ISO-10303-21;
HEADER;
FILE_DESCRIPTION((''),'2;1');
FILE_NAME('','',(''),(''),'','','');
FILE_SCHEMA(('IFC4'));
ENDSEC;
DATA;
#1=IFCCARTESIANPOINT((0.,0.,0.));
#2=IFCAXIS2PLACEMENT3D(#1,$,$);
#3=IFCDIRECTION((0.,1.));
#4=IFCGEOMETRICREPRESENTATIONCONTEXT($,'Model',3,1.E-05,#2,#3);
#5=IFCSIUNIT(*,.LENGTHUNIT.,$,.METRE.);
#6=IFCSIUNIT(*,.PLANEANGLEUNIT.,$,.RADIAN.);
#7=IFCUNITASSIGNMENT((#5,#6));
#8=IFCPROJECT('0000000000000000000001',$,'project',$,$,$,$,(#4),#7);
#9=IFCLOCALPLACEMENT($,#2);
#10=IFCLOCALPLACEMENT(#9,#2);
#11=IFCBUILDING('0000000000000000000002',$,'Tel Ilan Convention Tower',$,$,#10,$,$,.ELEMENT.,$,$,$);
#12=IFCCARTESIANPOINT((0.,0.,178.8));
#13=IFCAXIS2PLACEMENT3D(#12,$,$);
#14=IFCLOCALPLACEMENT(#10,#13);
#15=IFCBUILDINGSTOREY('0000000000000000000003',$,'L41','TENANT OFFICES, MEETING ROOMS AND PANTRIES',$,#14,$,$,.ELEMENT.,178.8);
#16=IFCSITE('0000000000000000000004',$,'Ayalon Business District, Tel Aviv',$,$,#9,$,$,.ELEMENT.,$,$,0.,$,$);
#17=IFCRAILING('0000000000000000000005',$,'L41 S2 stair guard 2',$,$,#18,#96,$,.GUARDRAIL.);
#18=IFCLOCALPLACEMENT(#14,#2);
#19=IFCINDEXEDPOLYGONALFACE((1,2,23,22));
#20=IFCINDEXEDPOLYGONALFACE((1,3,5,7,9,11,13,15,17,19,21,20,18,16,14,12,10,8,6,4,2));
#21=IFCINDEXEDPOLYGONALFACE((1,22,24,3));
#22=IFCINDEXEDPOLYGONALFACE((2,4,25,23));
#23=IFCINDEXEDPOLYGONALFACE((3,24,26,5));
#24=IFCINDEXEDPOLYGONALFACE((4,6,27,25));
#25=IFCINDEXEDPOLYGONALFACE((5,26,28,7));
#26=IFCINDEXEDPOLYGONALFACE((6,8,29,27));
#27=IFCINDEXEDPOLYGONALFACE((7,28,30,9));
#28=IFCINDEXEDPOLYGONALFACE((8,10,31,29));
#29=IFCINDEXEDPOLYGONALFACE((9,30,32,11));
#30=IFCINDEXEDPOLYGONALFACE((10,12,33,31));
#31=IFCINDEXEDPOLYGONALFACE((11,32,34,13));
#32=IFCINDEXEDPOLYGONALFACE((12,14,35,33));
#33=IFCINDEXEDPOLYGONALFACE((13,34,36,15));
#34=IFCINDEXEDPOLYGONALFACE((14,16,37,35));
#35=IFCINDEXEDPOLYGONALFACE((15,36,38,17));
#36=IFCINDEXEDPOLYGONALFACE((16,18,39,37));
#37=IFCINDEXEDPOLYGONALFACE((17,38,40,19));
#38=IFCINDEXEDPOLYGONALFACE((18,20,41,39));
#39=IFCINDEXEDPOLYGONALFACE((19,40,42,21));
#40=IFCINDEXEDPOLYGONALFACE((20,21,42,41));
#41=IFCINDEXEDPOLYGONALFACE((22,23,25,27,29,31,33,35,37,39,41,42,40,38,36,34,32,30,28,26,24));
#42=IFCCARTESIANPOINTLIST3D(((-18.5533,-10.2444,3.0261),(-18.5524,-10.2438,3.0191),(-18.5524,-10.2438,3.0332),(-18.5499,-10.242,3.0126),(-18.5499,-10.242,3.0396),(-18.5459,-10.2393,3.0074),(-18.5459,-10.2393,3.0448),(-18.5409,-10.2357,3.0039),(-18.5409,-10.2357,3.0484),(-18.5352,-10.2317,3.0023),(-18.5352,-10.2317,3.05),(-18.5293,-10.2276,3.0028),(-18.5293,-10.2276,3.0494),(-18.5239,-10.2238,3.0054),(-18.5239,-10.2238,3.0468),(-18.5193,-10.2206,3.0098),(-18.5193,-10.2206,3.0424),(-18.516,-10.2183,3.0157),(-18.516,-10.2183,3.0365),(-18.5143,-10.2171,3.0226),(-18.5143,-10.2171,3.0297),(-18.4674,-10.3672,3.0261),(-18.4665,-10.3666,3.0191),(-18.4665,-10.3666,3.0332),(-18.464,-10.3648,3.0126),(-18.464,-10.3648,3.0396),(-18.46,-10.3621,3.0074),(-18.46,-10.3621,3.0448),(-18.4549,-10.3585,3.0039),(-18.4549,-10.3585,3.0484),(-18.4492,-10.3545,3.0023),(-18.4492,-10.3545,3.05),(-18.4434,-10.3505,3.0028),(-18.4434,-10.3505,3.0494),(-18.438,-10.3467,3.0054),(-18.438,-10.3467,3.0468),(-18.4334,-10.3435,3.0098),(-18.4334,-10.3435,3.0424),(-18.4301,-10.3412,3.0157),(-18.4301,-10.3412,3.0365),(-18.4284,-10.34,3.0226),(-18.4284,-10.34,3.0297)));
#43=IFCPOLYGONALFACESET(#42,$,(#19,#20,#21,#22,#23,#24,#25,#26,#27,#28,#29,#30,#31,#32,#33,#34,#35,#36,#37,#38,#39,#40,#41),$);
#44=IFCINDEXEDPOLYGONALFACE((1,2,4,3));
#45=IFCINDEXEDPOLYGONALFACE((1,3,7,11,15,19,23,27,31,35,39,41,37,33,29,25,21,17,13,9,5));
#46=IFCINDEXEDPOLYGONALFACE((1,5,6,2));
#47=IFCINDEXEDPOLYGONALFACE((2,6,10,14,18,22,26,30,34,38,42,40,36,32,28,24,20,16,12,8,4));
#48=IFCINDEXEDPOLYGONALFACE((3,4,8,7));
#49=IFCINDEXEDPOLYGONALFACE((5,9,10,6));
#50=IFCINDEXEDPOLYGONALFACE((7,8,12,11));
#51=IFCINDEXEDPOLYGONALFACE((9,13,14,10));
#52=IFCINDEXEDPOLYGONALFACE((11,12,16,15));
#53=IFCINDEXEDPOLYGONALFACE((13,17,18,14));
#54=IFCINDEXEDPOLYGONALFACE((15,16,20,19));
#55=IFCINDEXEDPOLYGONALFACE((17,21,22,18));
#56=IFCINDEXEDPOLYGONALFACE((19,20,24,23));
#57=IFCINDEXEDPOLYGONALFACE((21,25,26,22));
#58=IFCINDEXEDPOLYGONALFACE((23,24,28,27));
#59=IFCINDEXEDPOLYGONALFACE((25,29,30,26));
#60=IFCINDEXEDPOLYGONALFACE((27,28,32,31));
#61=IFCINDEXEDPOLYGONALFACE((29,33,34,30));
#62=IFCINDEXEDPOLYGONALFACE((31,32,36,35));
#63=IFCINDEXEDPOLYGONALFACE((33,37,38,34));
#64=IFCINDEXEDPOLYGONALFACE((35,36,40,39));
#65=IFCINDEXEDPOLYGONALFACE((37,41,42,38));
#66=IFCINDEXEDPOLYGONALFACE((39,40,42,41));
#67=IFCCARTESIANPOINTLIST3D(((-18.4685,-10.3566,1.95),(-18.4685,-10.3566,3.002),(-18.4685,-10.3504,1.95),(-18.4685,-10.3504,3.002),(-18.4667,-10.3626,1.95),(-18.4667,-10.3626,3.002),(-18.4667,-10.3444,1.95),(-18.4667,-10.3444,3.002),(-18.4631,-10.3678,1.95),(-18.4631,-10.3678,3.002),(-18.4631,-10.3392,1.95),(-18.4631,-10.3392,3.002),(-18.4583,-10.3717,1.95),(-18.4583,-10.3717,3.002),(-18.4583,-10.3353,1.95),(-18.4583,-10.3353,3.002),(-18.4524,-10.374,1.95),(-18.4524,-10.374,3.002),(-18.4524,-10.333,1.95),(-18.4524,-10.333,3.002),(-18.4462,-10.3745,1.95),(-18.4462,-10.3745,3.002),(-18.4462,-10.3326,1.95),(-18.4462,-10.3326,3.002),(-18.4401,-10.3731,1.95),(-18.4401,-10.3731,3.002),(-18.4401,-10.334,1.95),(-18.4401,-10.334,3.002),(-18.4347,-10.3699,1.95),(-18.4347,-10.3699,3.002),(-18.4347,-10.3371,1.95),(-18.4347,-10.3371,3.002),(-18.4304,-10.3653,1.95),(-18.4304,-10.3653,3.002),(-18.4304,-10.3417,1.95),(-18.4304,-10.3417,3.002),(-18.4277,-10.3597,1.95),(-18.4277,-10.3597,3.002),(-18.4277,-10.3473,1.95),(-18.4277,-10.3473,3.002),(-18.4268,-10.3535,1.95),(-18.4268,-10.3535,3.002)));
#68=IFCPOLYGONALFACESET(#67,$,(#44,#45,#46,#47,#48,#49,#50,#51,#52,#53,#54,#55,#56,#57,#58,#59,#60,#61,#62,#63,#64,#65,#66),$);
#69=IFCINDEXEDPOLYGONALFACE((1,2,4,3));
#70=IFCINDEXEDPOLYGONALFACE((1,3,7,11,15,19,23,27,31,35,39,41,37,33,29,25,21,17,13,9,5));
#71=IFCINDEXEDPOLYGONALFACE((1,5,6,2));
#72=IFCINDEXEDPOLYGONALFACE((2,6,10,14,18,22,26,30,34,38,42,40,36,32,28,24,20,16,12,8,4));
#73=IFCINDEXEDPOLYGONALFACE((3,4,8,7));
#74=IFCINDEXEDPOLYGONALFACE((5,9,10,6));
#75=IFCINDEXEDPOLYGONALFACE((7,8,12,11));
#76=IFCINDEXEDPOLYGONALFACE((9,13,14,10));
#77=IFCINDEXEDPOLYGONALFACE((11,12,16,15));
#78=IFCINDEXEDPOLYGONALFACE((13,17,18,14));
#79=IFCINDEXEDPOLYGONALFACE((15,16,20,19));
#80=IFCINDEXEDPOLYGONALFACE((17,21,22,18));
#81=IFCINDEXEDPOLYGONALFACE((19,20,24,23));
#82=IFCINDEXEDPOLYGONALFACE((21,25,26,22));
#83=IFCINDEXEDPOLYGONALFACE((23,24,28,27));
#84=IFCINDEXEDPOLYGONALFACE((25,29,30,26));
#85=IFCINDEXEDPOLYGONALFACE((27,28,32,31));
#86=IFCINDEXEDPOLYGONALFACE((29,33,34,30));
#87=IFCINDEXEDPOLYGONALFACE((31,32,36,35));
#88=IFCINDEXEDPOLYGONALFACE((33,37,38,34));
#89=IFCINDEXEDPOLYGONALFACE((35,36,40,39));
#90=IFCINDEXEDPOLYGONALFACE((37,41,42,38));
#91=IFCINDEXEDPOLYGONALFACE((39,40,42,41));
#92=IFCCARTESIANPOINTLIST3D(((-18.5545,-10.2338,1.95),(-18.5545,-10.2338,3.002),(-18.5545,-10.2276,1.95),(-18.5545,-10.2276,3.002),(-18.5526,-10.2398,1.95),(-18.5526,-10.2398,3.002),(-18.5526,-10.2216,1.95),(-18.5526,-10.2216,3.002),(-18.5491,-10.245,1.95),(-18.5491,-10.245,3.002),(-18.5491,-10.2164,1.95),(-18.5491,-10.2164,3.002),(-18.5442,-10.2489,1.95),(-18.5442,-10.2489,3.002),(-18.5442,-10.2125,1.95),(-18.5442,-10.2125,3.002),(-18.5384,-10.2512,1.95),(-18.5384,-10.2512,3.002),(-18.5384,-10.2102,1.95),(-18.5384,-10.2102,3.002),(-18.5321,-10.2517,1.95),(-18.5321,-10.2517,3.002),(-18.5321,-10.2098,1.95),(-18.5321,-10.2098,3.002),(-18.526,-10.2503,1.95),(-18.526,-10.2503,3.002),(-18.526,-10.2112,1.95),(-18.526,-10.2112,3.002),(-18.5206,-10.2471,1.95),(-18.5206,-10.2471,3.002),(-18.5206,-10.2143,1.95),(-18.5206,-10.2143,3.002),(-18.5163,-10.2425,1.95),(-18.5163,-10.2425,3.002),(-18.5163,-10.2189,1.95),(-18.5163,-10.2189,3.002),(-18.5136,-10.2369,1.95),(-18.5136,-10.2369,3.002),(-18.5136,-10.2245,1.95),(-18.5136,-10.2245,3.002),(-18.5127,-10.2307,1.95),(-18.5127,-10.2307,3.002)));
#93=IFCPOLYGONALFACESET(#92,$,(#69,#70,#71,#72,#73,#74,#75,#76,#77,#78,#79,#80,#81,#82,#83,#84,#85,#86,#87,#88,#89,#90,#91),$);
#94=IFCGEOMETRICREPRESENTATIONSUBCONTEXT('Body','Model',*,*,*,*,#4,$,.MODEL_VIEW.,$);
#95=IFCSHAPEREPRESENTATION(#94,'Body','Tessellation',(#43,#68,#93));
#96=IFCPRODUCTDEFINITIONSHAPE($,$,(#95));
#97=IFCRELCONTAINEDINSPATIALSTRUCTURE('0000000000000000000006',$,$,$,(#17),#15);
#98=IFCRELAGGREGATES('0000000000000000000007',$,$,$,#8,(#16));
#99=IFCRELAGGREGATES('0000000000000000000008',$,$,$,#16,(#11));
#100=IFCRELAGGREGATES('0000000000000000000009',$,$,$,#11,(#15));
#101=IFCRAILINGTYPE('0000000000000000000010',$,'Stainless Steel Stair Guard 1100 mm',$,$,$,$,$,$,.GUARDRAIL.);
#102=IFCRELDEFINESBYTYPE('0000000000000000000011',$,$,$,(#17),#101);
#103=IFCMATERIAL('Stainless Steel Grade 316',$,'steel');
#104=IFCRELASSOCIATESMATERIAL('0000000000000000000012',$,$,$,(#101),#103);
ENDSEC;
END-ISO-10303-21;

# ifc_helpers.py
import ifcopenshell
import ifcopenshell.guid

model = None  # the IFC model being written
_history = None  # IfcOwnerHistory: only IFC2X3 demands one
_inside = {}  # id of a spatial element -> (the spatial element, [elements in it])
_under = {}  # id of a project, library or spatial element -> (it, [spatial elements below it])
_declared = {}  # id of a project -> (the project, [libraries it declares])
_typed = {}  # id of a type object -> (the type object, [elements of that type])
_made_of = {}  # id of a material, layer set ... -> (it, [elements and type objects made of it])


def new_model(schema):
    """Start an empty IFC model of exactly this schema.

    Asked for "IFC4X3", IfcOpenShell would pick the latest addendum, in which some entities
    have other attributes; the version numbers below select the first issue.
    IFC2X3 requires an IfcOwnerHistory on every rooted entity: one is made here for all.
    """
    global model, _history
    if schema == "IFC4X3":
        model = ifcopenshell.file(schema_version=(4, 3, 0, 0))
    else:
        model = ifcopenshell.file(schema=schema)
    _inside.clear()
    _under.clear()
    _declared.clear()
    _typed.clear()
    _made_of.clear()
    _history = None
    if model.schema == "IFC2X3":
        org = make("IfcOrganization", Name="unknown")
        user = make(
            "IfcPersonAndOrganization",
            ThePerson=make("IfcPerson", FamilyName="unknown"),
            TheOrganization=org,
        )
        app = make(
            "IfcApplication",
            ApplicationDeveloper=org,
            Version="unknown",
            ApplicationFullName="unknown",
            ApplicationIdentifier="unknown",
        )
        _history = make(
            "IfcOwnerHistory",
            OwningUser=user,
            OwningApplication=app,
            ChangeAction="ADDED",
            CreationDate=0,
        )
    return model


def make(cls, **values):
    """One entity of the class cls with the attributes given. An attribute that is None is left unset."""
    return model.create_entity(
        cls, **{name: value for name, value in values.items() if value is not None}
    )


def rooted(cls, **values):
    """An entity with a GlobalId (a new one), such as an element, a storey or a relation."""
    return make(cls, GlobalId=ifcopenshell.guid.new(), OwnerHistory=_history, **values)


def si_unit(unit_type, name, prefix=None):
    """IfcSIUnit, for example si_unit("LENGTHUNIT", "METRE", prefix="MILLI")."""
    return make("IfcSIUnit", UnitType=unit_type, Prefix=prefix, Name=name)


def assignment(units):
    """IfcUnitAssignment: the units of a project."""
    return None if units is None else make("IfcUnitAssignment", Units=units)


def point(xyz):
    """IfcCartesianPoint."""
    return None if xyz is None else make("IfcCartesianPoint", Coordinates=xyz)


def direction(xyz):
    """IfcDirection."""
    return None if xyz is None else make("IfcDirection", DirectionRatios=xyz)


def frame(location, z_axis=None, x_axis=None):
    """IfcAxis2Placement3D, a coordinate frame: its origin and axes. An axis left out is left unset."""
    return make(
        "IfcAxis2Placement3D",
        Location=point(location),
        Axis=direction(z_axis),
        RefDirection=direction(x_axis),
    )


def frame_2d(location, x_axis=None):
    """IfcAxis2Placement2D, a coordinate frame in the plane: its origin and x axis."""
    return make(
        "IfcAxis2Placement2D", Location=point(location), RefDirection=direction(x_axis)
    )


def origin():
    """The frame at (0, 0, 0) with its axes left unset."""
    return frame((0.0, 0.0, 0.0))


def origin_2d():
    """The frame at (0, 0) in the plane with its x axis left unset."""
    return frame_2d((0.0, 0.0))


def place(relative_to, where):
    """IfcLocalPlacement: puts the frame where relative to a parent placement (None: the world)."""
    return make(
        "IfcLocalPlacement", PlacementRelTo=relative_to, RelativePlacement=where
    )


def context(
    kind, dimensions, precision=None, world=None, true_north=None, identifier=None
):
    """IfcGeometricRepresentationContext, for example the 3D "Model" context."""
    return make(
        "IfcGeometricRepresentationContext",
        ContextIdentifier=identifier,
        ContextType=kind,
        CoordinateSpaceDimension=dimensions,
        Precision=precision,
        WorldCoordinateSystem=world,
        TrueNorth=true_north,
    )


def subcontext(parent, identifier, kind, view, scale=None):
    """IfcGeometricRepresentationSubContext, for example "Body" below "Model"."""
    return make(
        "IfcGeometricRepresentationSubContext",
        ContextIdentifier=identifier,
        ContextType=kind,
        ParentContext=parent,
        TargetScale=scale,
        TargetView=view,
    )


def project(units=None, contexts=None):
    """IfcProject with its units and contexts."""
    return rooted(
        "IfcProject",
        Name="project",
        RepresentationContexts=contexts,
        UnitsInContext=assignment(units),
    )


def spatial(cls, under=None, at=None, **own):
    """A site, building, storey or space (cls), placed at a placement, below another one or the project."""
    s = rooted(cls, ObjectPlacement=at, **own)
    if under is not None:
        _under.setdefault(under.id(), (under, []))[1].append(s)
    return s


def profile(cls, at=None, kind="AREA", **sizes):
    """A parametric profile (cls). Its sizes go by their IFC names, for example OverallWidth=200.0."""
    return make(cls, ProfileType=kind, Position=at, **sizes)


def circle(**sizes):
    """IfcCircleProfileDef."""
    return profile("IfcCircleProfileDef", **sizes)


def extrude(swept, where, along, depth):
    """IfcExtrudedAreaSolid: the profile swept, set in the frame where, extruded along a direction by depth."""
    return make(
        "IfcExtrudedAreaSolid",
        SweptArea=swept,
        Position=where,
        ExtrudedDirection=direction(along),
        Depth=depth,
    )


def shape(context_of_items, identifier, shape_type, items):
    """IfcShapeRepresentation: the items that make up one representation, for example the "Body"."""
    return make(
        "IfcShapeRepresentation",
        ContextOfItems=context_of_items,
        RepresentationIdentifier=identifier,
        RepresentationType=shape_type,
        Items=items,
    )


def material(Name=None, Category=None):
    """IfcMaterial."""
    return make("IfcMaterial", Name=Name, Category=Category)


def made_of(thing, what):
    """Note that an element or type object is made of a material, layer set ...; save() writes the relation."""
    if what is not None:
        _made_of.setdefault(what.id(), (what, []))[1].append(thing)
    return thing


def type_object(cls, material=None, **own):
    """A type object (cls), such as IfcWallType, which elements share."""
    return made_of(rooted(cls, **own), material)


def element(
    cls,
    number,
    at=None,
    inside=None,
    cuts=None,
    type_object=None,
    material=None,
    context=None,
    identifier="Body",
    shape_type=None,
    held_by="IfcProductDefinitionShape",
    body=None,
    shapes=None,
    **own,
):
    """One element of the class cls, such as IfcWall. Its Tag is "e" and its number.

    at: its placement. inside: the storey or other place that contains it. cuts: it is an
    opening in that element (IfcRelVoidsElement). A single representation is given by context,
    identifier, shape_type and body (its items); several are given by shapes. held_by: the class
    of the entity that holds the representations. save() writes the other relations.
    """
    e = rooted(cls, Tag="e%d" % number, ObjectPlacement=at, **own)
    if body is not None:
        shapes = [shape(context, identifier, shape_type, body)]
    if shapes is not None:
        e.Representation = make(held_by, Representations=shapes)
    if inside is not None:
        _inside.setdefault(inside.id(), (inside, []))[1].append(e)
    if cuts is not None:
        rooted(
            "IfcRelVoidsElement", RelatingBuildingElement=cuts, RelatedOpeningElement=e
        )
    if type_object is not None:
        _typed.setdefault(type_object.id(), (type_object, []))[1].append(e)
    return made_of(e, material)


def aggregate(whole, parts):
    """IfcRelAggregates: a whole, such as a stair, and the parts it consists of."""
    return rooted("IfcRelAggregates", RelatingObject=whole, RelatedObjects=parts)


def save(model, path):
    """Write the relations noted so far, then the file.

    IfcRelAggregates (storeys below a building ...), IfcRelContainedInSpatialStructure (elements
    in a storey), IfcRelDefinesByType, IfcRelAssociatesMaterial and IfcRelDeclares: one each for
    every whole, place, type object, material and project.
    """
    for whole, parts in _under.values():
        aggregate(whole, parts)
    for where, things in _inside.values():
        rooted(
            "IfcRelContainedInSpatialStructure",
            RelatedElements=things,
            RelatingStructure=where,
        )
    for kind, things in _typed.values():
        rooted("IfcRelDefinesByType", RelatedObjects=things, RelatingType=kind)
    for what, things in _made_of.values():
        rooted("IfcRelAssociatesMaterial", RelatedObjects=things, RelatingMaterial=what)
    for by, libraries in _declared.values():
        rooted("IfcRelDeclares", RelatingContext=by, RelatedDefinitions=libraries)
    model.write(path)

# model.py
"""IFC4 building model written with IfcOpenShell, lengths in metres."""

from ifc_helpers import new_model, si_unit, direction, frame, origin, origin_2d, place, context, subcontext, project, spatial, circle, extrude, material, type_object, element, save


model = new_model("IFC4")

# Units and contexts
model_context = context("Model", 3, precision=1e-05, world=origin(), true_north=direction((0.0, 1.0)))
body_context = subcontext(model_context, "Body", "Model", "MODEL_VIEW")
ifc_project = project(units=[si_unit("LENGTHUNIT", "METRE"), si_unit("PLANEANGLEUNIT", "RADIAN")], contexts=[model_context])

# Site, building, storey
site_placement = place(None, origin())
site = spatial("IfcSite", under=ifc_project, at=site_placement, Name="Ayalon Business District, Tel Aviv", CompositionType="ELEMENT", RefElevation=0.0)
building_placement = place(site_placement, origin())
building = spatial("IfcBuilding", under=site, at=building_placement, Name="Tel Ilan Convention Tower", CompositionType="ELEMENT")
storey_placement = place(building_placement, frame((0.0, 0.0, 178.8)))
storey = spatial("IfcBuildingStorey", under=building, at=storey_placement, Name="L41", Description="TENANT OFFICES, MEETING ROOMS AND PANTRIES", CompositionType="ELEMENT", Elevation=178.8)

# Railing
ifc_material_1 = material(Name="Stainless Steel Grade 316", Category="steel")
railing_type_1 = type_object("IfcRailingType", Name="Stainless Steel Stair Guard 1100 mm", PredefinedType="GUARDRAIL", material=ifc_material_1)
railing_1_placement = place(storey_placement, frame((-18.4478, -10.3535, 1.95)))
element("IfcRailing", 1, at=railing_1_placement, inside=storey, type_object=railing_type_1, Name="L41 S2 stair guard 2", PredefinedType="GUARDRAIL", context=body_context, shape_type="SweptSolid", body=[
    extrude(circle(Radius=0.0239, at=origin_2d()), frame((0.0, 0.0, 1.0762), z_axis=(-0.573353, 0.819308, 0.0), x_axis=(-0.819308, -0.573353, 0.0)), (0.0, 0.0, 1.0), 0.1499),
    extrude(circle(Radius=0.021, at=origin_2d()), origin(), (0.0, 0.0, 1.0), 1.052),
    extrude(circle(Radius=0.021, at=origin_2d()), frame((-0.0859, 0.1228, 0.0)), (0.0, 0.0, 1.0), 1.052),
])

save(model, "model.ifc")
